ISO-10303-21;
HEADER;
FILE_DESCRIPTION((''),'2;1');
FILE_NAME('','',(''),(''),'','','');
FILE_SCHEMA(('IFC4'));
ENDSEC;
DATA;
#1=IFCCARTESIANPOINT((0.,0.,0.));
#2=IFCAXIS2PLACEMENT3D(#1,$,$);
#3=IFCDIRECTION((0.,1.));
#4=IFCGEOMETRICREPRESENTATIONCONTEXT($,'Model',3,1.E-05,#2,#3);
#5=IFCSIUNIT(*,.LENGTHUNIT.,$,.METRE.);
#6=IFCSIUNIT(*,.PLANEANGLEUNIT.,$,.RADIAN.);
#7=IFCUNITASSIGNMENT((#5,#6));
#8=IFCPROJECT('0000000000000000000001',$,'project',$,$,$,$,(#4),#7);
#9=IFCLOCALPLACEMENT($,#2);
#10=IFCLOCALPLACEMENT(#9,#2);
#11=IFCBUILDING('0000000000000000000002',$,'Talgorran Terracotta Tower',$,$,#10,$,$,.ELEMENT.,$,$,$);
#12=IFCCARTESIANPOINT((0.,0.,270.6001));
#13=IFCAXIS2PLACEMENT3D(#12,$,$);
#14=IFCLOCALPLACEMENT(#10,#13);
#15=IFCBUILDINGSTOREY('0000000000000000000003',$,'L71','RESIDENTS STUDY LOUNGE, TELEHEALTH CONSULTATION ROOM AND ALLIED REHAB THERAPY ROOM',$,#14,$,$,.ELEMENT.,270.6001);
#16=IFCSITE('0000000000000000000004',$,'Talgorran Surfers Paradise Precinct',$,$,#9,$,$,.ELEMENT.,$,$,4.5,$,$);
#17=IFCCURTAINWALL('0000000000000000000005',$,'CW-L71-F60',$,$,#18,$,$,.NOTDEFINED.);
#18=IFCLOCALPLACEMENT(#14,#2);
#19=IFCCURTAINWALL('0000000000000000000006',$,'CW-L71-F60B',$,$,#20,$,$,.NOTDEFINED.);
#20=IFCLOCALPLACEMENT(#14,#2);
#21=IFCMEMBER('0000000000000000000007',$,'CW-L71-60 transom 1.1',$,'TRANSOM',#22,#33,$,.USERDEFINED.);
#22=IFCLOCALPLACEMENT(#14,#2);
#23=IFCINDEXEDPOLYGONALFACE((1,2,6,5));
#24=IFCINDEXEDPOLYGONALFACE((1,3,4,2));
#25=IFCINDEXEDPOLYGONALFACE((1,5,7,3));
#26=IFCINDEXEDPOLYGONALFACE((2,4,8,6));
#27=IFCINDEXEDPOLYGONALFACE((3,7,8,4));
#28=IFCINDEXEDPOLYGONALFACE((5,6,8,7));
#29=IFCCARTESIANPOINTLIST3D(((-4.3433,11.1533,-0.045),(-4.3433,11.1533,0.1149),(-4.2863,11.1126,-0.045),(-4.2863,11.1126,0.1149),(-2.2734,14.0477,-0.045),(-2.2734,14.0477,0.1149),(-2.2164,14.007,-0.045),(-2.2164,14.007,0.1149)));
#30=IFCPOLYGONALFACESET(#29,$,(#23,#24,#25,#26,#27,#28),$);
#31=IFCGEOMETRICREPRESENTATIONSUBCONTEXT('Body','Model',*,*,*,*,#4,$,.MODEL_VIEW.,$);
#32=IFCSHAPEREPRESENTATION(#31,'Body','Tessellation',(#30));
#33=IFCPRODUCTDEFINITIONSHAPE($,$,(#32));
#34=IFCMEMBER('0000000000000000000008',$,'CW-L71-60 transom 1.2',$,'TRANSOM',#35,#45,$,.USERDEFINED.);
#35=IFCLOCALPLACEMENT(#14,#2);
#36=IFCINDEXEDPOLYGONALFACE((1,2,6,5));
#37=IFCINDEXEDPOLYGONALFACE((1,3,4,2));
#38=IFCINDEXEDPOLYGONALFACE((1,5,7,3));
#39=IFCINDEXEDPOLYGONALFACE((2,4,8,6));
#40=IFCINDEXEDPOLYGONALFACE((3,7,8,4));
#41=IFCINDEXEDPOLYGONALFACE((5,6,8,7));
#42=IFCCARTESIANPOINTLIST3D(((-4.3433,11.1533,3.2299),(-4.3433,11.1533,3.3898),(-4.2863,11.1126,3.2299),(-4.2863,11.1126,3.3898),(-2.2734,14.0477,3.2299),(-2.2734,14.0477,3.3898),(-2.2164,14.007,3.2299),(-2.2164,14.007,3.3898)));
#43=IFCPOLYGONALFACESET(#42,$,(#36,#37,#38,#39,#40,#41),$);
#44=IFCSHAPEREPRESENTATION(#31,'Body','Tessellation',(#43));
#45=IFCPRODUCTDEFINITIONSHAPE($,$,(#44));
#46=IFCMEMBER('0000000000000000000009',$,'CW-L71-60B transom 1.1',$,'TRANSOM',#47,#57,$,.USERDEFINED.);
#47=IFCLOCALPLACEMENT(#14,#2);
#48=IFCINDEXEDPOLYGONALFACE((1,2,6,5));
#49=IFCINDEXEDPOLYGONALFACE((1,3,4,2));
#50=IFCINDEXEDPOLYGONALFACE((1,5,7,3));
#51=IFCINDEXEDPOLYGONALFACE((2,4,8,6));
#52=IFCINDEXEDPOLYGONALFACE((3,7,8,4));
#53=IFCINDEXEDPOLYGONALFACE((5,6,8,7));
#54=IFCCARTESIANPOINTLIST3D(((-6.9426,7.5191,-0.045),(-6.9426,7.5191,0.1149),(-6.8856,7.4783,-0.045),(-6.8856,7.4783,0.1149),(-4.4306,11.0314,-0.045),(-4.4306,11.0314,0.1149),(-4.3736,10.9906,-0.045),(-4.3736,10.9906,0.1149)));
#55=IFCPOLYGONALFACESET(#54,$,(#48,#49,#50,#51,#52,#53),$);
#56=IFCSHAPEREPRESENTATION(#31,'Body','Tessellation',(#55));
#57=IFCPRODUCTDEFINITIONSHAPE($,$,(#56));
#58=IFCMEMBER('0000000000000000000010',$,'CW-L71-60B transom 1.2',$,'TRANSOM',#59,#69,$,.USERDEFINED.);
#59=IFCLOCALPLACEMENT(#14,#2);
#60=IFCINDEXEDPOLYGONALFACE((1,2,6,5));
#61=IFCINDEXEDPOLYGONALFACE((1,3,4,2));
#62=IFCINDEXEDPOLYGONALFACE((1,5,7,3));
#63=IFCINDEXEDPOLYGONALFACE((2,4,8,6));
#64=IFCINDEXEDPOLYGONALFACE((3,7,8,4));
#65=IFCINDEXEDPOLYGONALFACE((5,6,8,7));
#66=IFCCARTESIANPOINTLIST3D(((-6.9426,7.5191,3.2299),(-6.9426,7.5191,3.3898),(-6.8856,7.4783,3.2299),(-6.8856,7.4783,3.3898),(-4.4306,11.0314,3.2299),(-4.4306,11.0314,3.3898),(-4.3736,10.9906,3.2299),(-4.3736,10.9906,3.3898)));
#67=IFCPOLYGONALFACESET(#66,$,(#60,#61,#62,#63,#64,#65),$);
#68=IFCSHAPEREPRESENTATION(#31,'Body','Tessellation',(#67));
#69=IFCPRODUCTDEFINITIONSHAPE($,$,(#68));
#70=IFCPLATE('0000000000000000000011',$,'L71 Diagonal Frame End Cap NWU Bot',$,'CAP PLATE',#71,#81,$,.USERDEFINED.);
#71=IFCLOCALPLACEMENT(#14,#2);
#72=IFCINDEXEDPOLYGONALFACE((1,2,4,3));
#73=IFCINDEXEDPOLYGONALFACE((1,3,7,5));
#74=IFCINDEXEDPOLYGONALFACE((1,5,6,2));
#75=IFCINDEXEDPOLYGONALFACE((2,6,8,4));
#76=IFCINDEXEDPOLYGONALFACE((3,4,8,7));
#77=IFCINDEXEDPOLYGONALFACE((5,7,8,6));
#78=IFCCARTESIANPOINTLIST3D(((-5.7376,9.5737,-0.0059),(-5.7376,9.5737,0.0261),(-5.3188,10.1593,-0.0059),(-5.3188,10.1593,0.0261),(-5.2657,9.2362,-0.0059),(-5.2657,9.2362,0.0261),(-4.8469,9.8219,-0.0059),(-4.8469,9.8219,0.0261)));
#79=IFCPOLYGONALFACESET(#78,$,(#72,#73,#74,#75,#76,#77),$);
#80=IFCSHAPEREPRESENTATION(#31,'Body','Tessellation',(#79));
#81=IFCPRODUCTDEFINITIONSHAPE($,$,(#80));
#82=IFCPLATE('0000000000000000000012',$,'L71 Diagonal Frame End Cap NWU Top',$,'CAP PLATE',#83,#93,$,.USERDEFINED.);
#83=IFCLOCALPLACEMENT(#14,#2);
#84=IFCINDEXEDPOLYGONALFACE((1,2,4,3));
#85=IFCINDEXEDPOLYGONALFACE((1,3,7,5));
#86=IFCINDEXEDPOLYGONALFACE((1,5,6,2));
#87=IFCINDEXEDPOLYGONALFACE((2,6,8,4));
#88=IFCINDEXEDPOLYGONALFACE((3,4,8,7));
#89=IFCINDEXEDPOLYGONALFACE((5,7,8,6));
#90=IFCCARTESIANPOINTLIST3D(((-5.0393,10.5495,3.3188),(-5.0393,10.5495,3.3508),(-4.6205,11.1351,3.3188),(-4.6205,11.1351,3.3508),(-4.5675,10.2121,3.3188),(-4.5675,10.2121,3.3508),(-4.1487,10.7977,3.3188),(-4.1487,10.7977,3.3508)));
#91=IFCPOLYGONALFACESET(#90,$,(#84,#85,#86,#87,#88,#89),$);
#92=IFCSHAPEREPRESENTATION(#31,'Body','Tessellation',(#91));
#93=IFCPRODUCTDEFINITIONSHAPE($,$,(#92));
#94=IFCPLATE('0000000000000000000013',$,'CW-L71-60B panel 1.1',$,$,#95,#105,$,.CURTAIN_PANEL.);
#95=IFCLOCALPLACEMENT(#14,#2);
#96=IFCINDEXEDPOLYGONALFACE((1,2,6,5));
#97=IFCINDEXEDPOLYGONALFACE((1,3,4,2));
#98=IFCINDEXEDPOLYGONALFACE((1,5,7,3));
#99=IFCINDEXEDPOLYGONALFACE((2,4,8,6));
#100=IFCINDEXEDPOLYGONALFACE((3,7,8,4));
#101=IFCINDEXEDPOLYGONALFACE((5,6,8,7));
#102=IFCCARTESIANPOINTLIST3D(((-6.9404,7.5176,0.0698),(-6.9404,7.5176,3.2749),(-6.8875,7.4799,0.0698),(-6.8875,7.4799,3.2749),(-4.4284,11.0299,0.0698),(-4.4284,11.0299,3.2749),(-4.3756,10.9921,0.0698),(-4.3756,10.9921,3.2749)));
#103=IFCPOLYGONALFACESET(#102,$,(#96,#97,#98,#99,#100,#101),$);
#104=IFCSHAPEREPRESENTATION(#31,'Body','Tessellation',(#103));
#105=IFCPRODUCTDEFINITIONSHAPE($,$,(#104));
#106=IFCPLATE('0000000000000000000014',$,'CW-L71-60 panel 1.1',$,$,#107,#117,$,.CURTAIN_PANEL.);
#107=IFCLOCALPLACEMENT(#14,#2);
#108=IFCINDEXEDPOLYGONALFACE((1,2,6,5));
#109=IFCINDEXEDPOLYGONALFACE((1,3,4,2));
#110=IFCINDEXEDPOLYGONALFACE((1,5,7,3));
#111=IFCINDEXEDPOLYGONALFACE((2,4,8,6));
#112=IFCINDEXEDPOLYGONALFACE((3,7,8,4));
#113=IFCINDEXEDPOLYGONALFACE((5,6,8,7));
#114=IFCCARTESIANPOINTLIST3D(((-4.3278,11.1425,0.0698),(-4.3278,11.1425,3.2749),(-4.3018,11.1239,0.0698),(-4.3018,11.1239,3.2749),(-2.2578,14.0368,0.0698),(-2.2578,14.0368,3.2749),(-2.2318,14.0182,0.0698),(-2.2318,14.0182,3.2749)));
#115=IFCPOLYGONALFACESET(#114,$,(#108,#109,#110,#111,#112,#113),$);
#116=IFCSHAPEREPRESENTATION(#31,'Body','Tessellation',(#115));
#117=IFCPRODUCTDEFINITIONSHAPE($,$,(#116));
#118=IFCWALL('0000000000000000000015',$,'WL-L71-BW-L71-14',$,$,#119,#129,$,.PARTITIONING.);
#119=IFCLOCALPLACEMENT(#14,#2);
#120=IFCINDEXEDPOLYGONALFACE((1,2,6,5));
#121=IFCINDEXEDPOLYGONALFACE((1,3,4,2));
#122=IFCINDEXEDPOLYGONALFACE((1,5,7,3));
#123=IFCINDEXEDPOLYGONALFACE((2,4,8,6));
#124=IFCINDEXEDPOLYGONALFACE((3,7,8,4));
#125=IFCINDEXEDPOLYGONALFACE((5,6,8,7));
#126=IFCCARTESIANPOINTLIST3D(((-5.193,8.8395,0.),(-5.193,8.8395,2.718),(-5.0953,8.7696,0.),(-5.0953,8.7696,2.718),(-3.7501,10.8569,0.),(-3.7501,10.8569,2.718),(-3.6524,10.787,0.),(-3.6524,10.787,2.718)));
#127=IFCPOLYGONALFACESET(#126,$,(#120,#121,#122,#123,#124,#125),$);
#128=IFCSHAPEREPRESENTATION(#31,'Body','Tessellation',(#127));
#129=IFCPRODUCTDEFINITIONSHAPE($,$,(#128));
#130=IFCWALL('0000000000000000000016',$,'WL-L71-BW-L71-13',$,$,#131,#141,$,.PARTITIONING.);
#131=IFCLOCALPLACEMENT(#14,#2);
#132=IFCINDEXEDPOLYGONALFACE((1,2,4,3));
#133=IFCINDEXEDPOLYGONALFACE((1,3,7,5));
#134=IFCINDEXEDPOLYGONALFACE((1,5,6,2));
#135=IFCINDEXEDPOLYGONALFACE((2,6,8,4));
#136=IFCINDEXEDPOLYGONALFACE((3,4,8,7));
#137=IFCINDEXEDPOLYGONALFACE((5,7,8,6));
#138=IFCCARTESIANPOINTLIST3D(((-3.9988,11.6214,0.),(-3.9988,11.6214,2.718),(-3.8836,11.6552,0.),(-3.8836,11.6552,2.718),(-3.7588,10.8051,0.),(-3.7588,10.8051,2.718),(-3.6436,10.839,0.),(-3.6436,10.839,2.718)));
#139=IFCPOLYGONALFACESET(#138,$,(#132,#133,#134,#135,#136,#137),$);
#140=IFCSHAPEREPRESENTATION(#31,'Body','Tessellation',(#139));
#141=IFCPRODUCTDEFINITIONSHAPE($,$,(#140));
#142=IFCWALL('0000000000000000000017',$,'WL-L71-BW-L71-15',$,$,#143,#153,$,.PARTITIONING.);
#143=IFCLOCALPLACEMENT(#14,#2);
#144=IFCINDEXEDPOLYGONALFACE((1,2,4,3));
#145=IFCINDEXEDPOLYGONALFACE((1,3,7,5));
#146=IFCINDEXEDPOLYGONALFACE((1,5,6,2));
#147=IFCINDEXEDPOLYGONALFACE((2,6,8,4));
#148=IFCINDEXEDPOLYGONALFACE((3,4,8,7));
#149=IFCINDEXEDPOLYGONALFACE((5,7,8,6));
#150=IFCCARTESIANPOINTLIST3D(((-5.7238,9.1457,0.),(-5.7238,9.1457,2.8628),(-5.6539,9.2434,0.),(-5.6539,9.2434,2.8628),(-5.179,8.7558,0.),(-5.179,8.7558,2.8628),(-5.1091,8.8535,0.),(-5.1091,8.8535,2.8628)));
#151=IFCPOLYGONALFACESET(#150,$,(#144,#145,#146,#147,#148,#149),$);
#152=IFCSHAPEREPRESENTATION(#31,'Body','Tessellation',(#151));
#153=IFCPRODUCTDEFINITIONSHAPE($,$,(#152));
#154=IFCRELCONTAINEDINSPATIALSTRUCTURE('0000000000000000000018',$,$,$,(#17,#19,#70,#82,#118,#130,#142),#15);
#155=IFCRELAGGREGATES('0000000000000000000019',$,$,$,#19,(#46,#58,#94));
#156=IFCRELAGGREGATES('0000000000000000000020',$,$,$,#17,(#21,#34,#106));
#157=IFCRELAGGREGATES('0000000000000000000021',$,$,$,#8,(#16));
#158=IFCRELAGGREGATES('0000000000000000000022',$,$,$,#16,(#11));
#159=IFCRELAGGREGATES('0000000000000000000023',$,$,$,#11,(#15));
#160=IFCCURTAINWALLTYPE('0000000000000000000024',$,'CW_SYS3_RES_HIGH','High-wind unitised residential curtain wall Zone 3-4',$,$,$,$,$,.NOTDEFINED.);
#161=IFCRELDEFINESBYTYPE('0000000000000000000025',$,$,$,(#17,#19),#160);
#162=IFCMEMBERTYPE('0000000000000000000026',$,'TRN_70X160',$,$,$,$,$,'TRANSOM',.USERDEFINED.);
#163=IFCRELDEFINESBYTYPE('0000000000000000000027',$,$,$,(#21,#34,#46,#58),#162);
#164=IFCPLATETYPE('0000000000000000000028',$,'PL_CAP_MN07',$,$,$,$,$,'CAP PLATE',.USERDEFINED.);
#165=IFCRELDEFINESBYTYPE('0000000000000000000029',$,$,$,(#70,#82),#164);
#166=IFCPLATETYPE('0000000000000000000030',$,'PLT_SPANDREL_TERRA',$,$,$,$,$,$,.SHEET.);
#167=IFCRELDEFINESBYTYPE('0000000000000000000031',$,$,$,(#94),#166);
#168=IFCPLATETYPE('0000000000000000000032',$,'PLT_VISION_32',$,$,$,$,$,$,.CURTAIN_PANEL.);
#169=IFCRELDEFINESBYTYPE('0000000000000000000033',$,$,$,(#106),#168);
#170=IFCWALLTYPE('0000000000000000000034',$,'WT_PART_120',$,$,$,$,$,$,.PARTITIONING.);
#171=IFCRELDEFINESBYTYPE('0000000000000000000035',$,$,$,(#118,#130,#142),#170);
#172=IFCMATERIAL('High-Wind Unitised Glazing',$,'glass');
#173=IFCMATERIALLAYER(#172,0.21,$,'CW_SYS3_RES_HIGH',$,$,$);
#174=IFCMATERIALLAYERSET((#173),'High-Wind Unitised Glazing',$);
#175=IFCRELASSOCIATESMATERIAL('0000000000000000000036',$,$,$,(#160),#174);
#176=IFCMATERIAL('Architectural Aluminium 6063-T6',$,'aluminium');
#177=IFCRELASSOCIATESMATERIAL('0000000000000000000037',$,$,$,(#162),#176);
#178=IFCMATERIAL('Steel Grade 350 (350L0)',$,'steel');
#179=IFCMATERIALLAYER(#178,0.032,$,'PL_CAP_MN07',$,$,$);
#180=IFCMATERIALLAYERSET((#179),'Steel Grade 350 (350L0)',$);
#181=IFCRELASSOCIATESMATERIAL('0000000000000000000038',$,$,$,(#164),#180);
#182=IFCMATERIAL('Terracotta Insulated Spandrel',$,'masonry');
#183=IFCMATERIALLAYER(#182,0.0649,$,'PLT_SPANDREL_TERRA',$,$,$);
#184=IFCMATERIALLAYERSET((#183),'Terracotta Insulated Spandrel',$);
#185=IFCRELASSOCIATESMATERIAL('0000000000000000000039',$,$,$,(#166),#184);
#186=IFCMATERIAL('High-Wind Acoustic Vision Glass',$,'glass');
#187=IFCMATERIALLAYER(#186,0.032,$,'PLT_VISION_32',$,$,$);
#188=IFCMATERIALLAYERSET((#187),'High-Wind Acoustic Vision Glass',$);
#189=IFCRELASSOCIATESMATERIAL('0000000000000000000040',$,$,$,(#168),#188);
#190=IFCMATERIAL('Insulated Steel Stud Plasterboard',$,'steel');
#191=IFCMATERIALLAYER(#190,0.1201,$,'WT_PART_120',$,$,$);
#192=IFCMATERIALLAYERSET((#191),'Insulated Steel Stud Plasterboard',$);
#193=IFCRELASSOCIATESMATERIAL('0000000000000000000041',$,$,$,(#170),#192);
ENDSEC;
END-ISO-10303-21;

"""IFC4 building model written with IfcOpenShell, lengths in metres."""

from ifc_helpers import new_model, si_unit, direction, frame, frame_2d, origin, origin_2d, place, context, subcontext, project, spatial, rectangle, extrude, source, transform, mapped, material, layer, layer_set, material_profile, profile_set, type_object, type_shapes, element, aggregate, save


model = new_model("IFC4")

# Units and contexts
model_context = context("Model", 3, precision=1e-05, world=origin(), true_north=direction((0.0, 1.0)))
body_context = subcontext(model_context, "Body", "Model", "MODEL_VIEW")
ifc_project = project(units=[si_unit("LENGTHUNIT", "METRE"), si_unit("PLANEANGLEUNIT", "RADIAN")], contexts=[model_context])

# Site, building, storey
site_placement = place(None, origin())
site = spatial("IfcSite", under=ifc_project, at=site_placement, Name="Talgorran Surfers Paradise Precinct", CompositionType="ELEMENT", RefElevation=4.5)
building_placement = place(site_placement, origin())
building = spatial("IfcBuilding", under=site, at=building_placement, Name="Talgorran Terracotta Tower", CompositionType="ELEMENT")
storey_placement = place(building_placement, frame((0.0, 0.0, 270.6001)))
storey = spatial("IfcBuildingStorey", under=building, at=storey_placement, Name="L71", Description="RESIDENTS STUDY LOUNGE, TELEHEALTH CONSULTATION ROOM AND ALLIED REHAB THERAPY ROOM", CompositionType="ELEMENT", Elevation=270.6001)

# Shared definitions
ifc_material_1 = material(Name="Steel Grade 350 (350L0)", Category="steel")

# Shared definitions
ifc_material_2 = material(Name="High-Wind Unitised Glazing", Category="glass")
ifc_layer_1 = layer(ifc_material_2, 0.21, Name="CW_SYS3_RES_HIGH")
ifc_layer_set_1 = layer_set([ifc_layer_1], Name="High-Wind Unitised Glazing")
curtain_wall_type = type_object("IfcCurtainWallType", Name="CW_SYS3_RES_HIGH", Description="High-wind unitised residential curtain wall Zone 3-4", PredefinedType="NOTDEFINED", material=ifc_layer_set_1)
ifc_material_3 = material(Name="Architectural Aluminium 6063-T6", Category="aluminium")

# Curtain wall
curtain_wall_1_placement = place(storey_placement, origin())
curtain_wall_1 = element("IfcCurtainWall", 1, at=curtain_wall_1_placement, inside=storey, type_object=curtain_wall_type, Name="CW-L71-F60", PredefinedType="NOTDEFINED")

# Curtain wall
curtain_wall_2_placement = place(storey_placement, origin())
curtain_wall_2 = element("IfcCurtainWall", 2, at=curtain_wall_2_placement, inside=storey, type_object=curtain_wall_type, Name="CW-L71-F60B", PredefinedType="NOTDEFINED")

# Members
ifc_material_profile_1 = material_profile(ifc_material_3, rectangle(XDim=0.0701, YDim=0.1599, at=origin_2d()), Name="CWT70X160")
ifc_profile_set_1 = profile_set([ifc_material_profile_1], Name="Architectural Aluminium 6063-T6")
member_type_1 = type_object("IfcMemberType", Name="TRN_70X160", ElementType="TRANSOM", PredefinedType="USERDEFINED", material=ifc_profile_set_1)
member_1_placement = place(storey_placement, frame((-2.2449, 14.0273, 0.0349), z_axis=(-0.581699, -0.813404, 0.0), x_axis=(0.813404, -0.581699, 0.0)))
member_1 = element("IfcMember", 3, at=member_1_placement, type_object=member_type_1, Name="CW-L71-60 transom 1.1", ObjectType="TRANSOM", PredefinedType="USERDEFINED", context=body_context, shape_type="SweptSolid", body=[
    extrude(rectangle(XDim=0.0701, YDim=0.1599, at=origin_2d()), origin(), (0.0, 0.0, 1.0), 3.5583),
])
member_2_placement = place(storey_placement, frame((-2.2449, 14.0273, 3.3098), z_axis=(-0.581699, -0.813404, 0.0), x_axis=(0.813404, -0.581699, 0.0)))
member_2 = element("IfcMember", 4, at=member_2_placement, type_object=member_type_1, Name="CW-L71-60 transom 1.2", ObjectType="TRANSOM", PredefinedType="USERDEFINED", context=body_context, shape_type="SweptSolid", body=[
    extrude(rectangle(XDim=0.0701, YDim=0.1599, at=origin_2d()), origin(), (0.0, 0.0, 1.0), 3.5583),
])
member_3_placement = place(storey_placement, frame((-4.4021, 11.011, 0.0349), z_axis=(-0.581735, -0.813378, 0.0), x_axis=(0.813378, -0.581735, 0.0)))
member_3 = element("IfcMember", 5, at=member_3_placement, type_object=member_type_1, Name="CW-L71-60B transom 1.1", ObjectType="TRANSOM", PredefinedType="USERDEFINED", context=body_context, shape_type="SweptSolid", body=[
    extrude(rectangle(XDim=0.0701, YDim=0.1599, at=origin_2d()), origin(), (0.0, 0.0, 1.0), 4.3181),
])
member_4_placement = place(storey_placement, frame((-4.4021, 11.011, 3.3098), z_axis=(-0.581735, -0.813378, 0.0), x_axis=(0.813378, -0.581735, 0.0)))
member_4 = element("IfcMember", 6, at=member_4_placement, type_object=member_type_1, Name="CW-L71-60B transom 1.2", ObjectType="TRANSOM", PredefinedType="USERDEFINED", context=body_context, shape_type="SweptSolid", body=[
    extrude(rectangle(XDim=0.0701, YDim=0.1599, at=origin_2d()), origin(), (0.0, 0.0, 1.0), 4.3181),
])

# Plates
ifc_layer_2 = layer(ifc_material_1, 0.032, Name="PL_CAP_MN07")
ifc_layer_set_2 = layer_set([ifc_layer_2], Name="Steel Grade 350 (350L0)")
plate_type_1 = type_object("IfcPlateType", Name="PL_CAP_MN07", ElementType="CAP PLATE", PredefinedType="USERDEFINED", material=ifc_layer_set_2)
for number, where, z_axis, x_axis, name in (
    (7, (-5.2922, 9.6978, -0.0059), (0.0, 0.0, 1.0), (0.581697, 0.813405, 0.0), "L71 Diagonal Frame End Cap NWU Bot"),
    (8, (-4.594, 10.6736, 3.3188), (0.0, 0.0, 1.0), (0.581697, 0.813405, 0.0), "L71 Diagonal Frame End Cap NWU Top"),
):
    element("IfcPlate", number, at=place(storey_placement, frame(where, z_axis=z_axis, x_axis=x_axis)), inside=storey, type_object=plate_type_1, Name=name, ObjectType="CAP PLATE", PredefinedType="USERDEFINED", context=body_context, shape_type="SweptSolid", body=[
        extrude(rectangle(XDim=0.72, YDim=0.5801, at=origin_2d()), origin(), (0.0, 0.0, 1.0), 0.032),
    ])

# Plates
ifc_material_4 = material(Name="Terracotta Insulated Spandrel", Category="masonry")
ifc_layer_3 = layer(ifc_material_4, 0.0649, Name="PLT_SPANDREL_TERRA")
ifc_layer_set_3 = layer_set([ifc_layer_3], Name="Terracotta Insulated Spandrel")
plate_type_2 = type_object("IfcPlateType", Name="PLT_SPANDREL_TERRA", PredefinedType="SHEET", material=ifc_layer_set_3)
shared_shape_1 = source(origin(), body_context, "Body", "SweptSolid", [
    extrude(rectangle(XDim=4.3181, YDim=0.0649, at=origin_2d()), origin(), (0.0, 0.0, 1.0), 3.2051),
])
type_shapes(plate_type_2, [shared_shape_1])
plate_1_placement = place(storey_placement, frame((-5.658, 9.2549, 0.0698), z_axis=(0.0, 0.0, 1.0), x_axis=(-0.581732, -0.81338, 0.0)))
plate_1 = element("IfcPlate", 9, at=plate_1_placement, type_object=plate_type_2, Name="CW-L71-60B panel 1.1", PredefinedType="CURTAIN_PANEL", context=body_context, shape_type="MappedRepresentation", body=[
    mapped(shared_shape_1, transform((0.0, 0.0, 0.0), scale=1.0)),
])
aggregate(curtain_wall_2, [member_3, member_4, plate_1])
ifc_material_5 = material(Name="High-Wind Acoustic Vision Glass", Category="glass")
ifc_layer_4 = layer(ifc_material_5, 0.032, Name="PLT_VISION_32")
ifc_layer_set_4 = layer_set([ifc_layer_4], Name="High-Wind Acoustic Vision Glass")
plate_type_3 = type_object("IfcPlateType", Name="PLT_VISION_32", PredefinedType="CURTAIN_PANEL", material=ifc_layer_set_4)
shared_shape_2 = source(origin(), body_context, "Body", "SweptSolid", [
    extrude(rectangle(XDim=3.5583, YDim=0.032, at=origin_2d()), origin(), (0.0, 0.0, 1.0), 3.2051),
])
type_shapes(plate_type_3, [shared_shape_2])
plate_2_placement = place(storey_placement, frame((-3.2798, 12.5803, 0.0698), z_axis=(0.0, 0.0, 1.0), x_axis=(-0.581732, -0.813381, 0.0)))
plate_2 = element("IfcPlate", 10, at=plate_2_placement, type_object=plate_type_3, Name="CW-L71-60 panel 1.1", PredefinedType="CURTAIN_PANEL", context=body_context, shape_type="MappedRepresentation", body=[
    mapped(shared_shape_2, transform((0.0, 0.0, 0.0), scale=1.0)),
])
aggregate(curtain_wall_1, [member_1, member_2, plate_2])

# Walls
ifc_material_6 = material(Name="Insulated Steel Stud Plasterboard", Category="steel")
ifc_layer_5 = layer(ifc_material_6, 0.1201, Name="WT_PART_120")
ifc_layer_set_5 = layer_set([ifc_layer_5], Name="Insulated Steel Stud Plasterboard")
wall_type = type_object("IfcWallType", Name="WT_PART_120", PredefinedType="PARTITIONING", material=ifc_layer_set_5)
wall_1_placement = place(storey_placement, frame((-3.7012, 10.822, 0.0), z_axis=(0.0, 0.0, 1.0), x_axis=(-0.58175, -0.813368, 0.0)))
element("IfcWall", 11, at=wall_1_placement, inside=storey, type_object=wall_type, Name="WL-L71-BW-L71-14", PredefinedType="PARTITIONING", context=body_context, shape_type="SweptSolid", body=[
    extrude(rectangle(XDim=2.4802, YDim=0.1201, at=frame_2d((1.2402, 0.0))), origin(), (0.0, 0.0, 1.0), 2.718),
])
wall_2_placement = place(storey_placement, frame((-3.9412, 11.6382, 0.0), z_axis=(0.0, 0.0, 1.0), x_axis=(0.282104, -0.959384, 0.0)))
element("IfcWall", 12, at=wall_2_placement, inside=storey, type_object=wall_type, Name="WL-L71-BW-L71-13", PredefinedType="PARTITIONING", context=body_context, shape_type="SweptSolid", body=[
    extrude(rectangle(XDim=0.8508, YDim=0.1201, at=frame_2d((0.4253, 0.0))), origin(), (0.0, 0.0, 1.0), 2.718),
])
wall_3_placement = place(storey_placement, frame((-5.144, 8.8047, 0.0), z_axis=(0.0, 0.0, 1.0), x_axis=(-0.813265, 0.581893, 0.0)))
element("IfcWall", 13, at=wall_3_placement, inside=storey, type_object=wall_type, Name="WL-L71-BW-L71-15", PredefinedType="PARTITIONING", context=body_context, shape_type="SweptSolid", body=[
    extrude(rectangle(XDim=0.6699, YDim=0.1201, at=frame_2d((0.335, 0.0))), origin(), (0.0, 0.0, 1.0), 2.8628),
])

save(model, "model.ifc")
